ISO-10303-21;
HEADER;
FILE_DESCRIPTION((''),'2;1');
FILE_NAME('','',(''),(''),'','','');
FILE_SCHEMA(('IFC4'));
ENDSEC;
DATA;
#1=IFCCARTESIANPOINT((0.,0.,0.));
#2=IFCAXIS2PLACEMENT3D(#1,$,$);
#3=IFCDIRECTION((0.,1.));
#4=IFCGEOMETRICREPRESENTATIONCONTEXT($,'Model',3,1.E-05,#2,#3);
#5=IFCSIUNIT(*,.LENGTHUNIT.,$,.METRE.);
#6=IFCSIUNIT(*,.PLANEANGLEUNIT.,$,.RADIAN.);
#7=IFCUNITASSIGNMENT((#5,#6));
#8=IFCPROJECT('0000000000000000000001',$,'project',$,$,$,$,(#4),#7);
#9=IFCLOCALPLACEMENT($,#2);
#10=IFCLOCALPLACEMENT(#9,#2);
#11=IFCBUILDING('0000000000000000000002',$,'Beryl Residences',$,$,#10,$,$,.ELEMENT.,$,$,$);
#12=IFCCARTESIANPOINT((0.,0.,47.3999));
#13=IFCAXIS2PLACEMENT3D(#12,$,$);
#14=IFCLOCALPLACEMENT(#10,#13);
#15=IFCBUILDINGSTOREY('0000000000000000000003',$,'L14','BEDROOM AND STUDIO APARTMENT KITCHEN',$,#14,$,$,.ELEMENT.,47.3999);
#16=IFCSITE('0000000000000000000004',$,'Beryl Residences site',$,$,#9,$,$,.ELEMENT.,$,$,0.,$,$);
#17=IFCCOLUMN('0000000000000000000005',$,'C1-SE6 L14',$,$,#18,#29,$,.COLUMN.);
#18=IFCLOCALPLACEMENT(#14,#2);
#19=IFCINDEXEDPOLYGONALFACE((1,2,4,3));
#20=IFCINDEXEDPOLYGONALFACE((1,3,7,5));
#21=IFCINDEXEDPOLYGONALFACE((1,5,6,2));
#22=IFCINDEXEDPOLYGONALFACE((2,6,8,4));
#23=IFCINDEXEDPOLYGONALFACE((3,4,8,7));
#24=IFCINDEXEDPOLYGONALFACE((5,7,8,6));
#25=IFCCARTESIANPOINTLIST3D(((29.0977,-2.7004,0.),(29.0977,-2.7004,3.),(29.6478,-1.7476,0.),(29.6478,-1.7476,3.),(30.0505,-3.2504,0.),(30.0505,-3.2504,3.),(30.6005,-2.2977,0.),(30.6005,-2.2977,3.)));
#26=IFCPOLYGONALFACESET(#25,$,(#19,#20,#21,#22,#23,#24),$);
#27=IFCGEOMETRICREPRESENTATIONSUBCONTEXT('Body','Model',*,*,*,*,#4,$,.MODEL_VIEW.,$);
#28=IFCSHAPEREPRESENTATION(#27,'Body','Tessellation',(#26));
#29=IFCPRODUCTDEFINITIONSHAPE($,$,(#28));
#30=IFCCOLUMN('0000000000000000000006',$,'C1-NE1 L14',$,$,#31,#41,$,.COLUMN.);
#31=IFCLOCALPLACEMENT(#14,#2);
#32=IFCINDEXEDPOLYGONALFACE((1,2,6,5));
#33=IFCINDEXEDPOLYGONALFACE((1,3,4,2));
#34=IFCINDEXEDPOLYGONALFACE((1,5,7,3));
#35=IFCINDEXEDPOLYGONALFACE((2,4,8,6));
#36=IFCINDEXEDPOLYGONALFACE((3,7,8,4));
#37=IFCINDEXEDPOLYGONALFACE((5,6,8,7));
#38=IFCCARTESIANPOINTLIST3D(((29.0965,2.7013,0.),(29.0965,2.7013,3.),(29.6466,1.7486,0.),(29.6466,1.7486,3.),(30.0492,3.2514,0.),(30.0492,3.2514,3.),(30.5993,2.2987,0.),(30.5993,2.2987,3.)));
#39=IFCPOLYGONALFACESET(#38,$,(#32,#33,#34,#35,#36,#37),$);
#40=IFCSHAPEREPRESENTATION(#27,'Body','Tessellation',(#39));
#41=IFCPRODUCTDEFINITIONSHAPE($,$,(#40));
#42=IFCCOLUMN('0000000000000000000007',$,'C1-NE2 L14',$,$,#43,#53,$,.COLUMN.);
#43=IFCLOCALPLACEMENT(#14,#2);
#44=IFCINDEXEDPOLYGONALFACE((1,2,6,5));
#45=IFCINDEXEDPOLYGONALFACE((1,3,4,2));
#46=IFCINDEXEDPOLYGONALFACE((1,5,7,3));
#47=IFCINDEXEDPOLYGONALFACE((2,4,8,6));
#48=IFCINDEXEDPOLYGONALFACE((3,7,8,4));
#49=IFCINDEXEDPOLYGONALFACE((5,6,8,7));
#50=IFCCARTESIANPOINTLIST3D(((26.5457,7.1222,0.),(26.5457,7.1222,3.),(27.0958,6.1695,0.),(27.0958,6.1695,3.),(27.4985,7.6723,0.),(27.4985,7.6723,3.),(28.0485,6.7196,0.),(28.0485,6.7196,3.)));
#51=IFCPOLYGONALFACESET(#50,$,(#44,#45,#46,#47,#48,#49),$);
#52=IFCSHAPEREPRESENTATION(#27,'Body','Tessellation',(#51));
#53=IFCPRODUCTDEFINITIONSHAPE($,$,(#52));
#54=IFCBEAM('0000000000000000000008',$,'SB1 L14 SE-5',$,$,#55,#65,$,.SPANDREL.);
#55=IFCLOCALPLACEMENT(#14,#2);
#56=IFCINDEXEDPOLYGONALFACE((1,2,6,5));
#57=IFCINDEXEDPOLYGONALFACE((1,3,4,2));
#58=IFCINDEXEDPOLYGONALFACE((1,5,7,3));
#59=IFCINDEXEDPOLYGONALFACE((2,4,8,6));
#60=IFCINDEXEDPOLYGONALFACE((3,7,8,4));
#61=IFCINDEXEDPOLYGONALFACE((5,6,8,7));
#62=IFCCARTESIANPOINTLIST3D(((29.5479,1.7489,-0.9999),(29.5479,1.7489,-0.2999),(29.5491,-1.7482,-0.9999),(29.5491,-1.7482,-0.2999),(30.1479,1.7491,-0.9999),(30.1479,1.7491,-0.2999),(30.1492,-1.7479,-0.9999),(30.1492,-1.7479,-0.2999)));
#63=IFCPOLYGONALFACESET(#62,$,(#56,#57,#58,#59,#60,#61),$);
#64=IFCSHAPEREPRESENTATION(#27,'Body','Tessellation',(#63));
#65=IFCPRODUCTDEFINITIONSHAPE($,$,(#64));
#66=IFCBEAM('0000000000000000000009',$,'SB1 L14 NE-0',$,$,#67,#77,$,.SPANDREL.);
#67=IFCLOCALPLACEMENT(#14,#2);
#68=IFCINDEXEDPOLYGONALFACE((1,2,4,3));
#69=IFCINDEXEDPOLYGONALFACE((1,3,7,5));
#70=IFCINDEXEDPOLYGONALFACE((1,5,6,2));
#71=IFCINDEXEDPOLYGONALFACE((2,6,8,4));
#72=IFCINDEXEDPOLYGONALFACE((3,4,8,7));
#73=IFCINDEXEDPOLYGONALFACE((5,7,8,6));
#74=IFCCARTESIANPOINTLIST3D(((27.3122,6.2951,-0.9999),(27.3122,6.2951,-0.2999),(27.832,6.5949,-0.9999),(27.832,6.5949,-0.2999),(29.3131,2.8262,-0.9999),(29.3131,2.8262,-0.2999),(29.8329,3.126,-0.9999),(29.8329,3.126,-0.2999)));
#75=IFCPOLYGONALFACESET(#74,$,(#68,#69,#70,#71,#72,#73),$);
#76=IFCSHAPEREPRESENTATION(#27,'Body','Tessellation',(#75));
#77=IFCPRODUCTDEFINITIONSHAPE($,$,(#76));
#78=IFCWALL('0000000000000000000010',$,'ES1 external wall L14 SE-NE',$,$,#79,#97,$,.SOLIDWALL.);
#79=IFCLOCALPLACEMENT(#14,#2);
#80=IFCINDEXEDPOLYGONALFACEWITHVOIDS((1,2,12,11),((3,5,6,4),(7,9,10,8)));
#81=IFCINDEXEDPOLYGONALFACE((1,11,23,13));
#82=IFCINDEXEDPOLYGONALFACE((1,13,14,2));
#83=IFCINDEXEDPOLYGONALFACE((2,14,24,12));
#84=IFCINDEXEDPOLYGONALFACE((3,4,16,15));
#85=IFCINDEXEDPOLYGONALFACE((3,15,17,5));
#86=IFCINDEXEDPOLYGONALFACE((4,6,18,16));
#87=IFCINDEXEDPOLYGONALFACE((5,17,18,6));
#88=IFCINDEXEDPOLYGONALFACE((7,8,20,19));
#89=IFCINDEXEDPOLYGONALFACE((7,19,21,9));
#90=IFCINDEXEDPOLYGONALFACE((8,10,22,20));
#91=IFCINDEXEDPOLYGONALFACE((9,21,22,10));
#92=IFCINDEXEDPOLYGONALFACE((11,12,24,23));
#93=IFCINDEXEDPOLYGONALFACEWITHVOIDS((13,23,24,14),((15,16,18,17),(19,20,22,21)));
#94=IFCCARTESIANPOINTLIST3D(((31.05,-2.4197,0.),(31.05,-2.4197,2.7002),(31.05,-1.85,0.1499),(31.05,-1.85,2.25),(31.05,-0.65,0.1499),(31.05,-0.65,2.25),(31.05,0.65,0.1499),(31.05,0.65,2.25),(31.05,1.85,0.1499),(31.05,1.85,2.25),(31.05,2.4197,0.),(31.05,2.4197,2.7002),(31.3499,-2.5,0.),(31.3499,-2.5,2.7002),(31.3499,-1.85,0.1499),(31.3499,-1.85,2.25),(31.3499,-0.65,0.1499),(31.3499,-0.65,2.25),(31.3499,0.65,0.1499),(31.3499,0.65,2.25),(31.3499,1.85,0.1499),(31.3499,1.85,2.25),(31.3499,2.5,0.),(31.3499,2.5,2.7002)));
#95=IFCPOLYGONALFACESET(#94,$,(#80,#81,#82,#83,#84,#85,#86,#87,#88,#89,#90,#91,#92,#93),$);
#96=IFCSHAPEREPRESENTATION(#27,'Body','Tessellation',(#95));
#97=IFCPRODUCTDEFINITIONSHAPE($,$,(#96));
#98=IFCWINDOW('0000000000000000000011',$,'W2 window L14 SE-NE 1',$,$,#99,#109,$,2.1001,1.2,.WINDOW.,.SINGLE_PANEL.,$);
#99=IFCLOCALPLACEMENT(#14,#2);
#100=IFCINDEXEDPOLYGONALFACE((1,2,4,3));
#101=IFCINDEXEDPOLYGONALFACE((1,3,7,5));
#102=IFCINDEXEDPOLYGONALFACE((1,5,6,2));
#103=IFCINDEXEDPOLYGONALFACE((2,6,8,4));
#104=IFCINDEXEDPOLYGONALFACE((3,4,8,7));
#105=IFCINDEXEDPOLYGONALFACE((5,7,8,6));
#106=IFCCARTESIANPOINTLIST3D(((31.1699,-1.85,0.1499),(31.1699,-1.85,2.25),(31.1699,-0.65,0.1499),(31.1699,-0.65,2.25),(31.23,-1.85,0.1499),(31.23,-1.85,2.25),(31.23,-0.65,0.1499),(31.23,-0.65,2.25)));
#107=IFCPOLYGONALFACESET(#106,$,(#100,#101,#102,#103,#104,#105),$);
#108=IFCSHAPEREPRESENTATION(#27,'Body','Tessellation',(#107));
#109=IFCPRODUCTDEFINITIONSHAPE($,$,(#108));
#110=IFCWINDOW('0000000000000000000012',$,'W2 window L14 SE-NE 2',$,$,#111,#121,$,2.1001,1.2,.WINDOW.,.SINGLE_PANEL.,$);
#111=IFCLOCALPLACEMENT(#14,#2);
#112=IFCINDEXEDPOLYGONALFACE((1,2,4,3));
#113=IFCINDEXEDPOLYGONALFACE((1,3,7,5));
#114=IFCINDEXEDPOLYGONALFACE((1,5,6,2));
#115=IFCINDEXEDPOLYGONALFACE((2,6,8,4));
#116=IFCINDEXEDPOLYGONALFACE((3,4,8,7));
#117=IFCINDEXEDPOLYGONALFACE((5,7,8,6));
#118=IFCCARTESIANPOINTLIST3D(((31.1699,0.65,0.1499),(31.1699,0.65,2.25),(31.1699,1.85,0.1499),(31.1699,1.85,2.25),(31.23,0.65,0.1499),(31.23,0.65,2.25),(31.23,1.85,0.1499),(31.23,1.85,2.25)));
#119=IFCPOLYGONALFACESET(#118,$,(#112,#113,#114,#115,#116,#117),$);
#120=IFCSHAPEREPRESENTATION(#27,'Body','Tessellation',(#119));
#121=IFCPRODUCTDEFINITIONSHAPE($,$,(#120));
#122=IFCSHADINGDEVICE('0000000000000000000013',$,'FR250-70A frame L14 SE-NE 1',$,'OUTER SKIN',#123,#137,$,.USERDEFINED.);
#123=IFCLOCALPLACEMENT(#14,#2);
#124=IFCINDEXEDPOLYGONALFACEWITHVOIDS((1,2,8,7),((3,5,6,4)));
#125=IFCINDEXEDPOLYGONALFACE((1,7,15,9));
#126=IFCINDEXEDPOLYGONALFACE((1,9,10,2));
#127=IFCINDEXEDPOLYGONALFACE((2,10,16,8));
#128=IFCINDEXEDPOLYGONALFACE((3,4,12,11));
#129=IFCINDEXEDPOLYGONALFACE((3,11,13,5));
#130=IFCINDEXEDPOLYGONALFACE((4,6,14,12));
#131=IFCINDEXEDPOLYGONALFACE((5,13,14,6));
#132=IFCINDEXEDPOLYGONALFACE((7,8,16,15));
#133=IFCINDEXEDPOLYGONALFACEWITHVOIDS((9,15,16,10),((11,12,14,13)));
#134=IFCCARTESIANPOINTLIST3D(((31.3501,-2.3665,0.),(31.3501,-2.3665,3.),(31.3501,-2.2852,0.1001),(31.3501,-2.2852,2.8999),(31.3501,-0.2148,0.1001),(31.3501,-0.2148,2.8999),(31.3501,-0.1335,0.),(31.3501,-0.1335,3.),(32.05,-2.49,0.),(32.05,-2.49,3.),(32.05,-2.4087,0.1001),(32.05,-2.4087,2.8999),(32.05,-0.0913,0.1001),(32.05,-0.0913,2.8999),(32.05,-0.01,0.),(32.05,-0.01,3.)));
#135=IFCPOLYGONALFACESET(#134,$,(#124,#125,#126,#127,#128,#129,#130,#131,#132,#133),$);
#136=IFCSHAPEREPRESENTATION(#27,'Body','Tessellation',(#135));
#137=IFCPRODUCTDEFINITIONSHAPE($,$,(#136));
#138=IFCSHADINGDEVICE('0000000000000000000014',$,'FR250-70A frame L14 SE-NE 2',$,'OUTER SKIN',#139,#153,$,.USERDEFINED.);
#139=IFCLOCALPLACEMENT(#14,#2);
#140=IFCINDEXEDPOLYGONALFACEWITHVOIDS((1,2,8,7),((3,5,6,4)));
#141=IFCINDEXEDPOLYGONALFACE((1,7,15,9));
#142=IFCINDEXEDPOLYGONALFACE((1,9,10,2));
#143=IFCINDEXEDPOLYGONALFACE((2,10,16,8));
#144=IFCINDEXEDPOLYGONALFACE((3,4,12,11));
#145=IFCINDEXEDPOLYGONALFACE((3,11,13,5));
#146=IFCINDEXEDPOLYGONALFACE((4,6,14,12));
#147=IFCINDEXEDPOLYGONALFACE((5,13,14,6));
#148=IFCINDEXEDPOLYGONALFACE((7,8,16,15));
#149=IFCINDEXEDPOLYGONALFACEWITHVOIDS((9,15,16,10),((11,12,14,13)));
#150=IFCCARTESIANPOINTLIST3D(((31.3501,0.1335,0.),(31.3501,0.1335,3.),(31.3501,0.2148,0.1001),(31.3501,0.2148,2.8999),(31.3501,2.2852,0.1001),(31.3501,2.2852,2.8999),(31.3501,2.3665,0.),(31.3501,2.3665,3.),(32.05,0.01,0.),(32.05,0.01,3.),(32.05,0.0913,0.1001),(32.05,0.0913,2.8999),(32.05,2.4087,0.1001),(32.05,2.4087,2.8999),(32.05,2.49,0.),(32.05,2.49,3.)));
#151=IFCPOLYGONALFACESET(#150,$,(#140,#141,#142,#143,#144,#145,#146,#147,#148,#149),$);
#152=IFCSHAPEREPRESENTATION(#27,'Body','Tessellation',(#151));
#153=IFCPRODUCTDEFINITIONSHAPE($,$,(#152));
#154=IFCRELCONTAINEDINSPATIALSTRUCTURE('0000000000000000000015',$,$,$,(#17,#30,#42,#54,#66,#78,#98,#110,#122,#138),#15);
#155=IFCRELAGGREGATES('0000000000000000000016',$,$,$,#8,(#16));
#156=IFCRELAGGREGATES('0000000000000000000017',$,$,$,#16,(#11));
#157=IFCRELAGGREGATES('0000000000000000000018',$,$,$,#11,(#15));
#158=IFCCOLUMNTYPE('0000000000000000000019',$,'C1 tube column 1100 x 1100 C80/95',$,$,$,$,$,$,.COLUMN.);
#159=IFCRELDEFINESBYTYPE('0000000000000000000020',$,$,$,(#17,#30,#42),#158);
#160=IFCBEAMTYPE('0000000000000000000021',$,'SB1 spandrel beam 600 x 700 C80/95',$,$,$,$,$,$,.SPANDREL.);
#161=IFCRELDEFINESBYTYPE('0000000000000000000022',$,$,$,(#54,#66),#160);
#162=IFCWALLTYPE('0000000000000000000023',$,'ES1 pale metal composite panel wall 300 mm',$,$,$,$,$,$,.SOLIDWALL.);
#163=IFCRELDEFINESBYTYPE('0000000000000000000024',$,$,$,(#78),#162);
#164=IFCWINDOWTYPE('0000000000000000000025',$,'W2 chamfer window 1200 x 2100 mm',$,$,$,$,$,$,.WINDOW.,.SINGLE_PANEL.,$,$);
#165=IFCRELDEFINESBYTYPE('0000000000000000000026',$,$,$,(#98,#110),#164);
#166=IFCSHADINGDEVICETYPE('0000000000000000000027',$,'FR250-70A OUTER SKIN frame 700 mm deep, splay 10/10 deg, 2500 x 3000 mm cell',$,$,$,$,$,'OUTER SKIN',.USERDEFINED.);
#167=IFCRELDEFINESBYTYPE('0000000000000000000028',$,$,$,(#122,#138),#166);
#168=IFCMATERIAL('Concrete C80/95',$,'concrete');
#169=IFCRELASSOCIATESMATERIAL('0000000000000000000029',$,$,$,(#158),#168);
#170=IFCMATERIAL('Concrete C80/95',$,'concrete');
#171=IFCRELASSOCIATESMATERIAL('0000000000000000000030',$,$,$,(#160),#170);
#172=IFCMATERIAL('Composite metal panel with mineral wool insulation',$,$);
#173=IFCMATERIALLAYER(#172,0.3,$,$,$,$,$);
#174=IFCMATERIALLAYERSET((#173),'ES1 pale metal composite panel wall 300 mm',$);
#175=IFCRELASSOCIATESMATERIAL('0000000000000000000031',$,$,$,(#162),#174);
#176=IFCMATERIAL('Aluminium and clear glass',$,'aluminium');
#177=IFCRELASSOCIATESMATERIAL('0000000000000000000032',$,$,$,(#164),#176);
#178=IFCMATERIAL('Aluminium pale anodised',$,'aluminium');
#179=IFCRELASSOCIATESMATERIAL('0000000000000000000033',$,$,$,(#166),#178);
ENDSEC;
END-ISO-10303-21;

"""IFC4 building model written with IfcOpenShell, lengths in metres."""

from ifc_helpers import new_model, entity, si_unit, direction, frame, frame_2d, origin, origin_2d, place, context, subcontext, project, spatial, polyline, rectangle, outline, extrude, source, transform, mapped, material, layer, layer_set, material_profile, profile_set, type_object, type_shapes, element, fill, save


model = new_model("IFC4")

# Units and contexts
model_context = context("Model", 3, precision=1e-05, world=origin(), true_north=direction((0.0, 1.0)))
body_context = subcontext(model_context, "Body", "Model", "MODEL_VIEW")
ifc_project = project(units=[si_unit("LENGTHUNIT", "METRE"), si_unit("PLANEANGLEUNIT", "RADIAN")], contexts=[model_context])

# Site, building, storey
site_placement = place(None, origin())
site = spatial("IfcSite", under=ifc_project, at=site_placement, Name="Beryl Residences site", CompositionType="ELEMENT", RefElevation=0.0)
building_placement = place(site_placement, origin())
building = spatial("IfcBuilding", under=site, at=building_placement, Name="Beryl Residences", CompositionType="ELEMENT")
storey_placement = place(building_placement, frame((0.0, 0.0, 47.3999)))
storey = spatial("IfcBuildingStorey", under=building, at=storey_placement, Name="L14", Description="BEDROOM AND STUDIO APARTMENT KITCHEN", CompositionType="ELEMENT", Elevation=47.3999)

# Columns
ifc_material_1 = material(Name="Concrete C80/95", Category="concrete")
ifc_material_profile_1 = material_profile(ifc_material_1, rectangle(XDim=1.1001, YDim=1.1001, at=origin_2d()))
ifc_profile_set_1 = profile_set([ifc_material_profile_1], Name="Concrete C80/95")
column_type = type_object("IfcColumnType", Name="C1 tube column 1100 x 1100 C80/95", PredefinedType="COLUMN", material=ifc_profile_set_1)
for number, where, z_axis, x_axis, name in (
    (1, (29.8491, -2.499, 0.0), (0.0, 0.0, 1.0), (0.499985, 0.866034, 0.0), "C1-SE6 L14"),
    (2, (29.8479, 2.5, 0.0), (0.0, 0.0, 1.0), (-0.499985, 0.866034, 0.0), "C1-NE1 L14"),
    (3, (27.2971, 6.9209, 0.0), (0.0, 0.0, 1.0), (-0.499985, 0.866034, 0.0), "C1-NE2 L14"),
):
    element("IfcColumn", number, at=place(storey_placement, frame(where, z_axis=z_axis, x_axis=x_axis)), inside=storey, type_object=column_type, Name=name, PredefinedType="COLUMN", context=body_context, shape_type="SweptSolid", body=[
        extrude(rectangle(XDim=1.1001, YDim=1.1001, at=origin_2d()), origin(), (0.0, 0.0, 1.0), 3.0),
    ])

# Beams
ifc_material_2 = material(Name="Concrete C80/95", Category="concrete")
ifc_material_profile_2 = material_profile(ifc_material_2, rectangle(XDim=0.6001, YDim=0.7, at=origin_2d()))
ifc_profile_set_2 = profile_set([ifc_material_profile_2], Name="Concrete C80/95")
beam_type = type_object("IfcBeamType", Name="SB1 spandrel beam 600 x 700 C80/95", PredefinedType="SPANDREL", material=ifc_profile_set_2)
beam_1_placement = place(storey_placement, frame((29.8491, -1.748, -0.6499), z_axis=(-0.000349, 1.0, 0.0), x_axis=(-1.0, -0.000349, 0.0)))
element("IfcBeam", 4, at=beam_1_placement, inside=storey, type_object=beam_type, Name="SB1 L14 SE-5", PredefinedType="SPANDREL", context=body_context, shape_type="SweptSolid", body=[
    extrude(rectangle(XDim=0.6001, YDim=0.7, at=origin_2d()), origin(), (0.0, 0.0, 1.0), 3.4971),
])
beam_2_placement = place(storey_placement, frame((29.573, 2.9761, -0.6499), z_axis=(-0.499654, 0.866225, 0.0), x_axis=(-0.866225, -0.499654, 0.0)))
element("IfcBeam", 5, at=beam_2_placement, inside=storey, type_object=beam_type, Name="SB1 L14 NE-0", PredefinedType="SPANDREL", context=body_context, shape_type="SweptSolid", body=[
    extrude(rectangle(XDim=0.6001, YDim=0.7, at=origin_2d()), origin(), (0.0, 0.0, 1.0), 4.0046),
])

# Wall, openings, windows
ifc_material_3 = material(Name="Composite metal panel with mineral wool insulation")
ifc_layer = layer(ifc_material_3, 0.3)
ifc_layer_set = layer_set([ifc_layer], Name="ES1 pale metal composite panel wall 300 mm")
wall_type = type_object("IfcWallType", Name="ES1 pale metal composite panel wall 300 mm", PredefinedType="SOLIDWALL", material=ifc_layer_set)
wall_1_placement = place(storey_placement, frame((31.2, -2.5, 0.0), z_axis=(0.0, 0.0, 1.0), x_axis=(0.0, 1.0, 0.0)))
wall_1 = element("IfcWall", 6, at=wall_1_placement, inside=storey, type_object=wall_type, Name="ES1 external wall L14 SE-NE", PredefinedType="SOLIDWALL", context=body_context, shape_type="SweptSolid", body=[
    extrude(outline(polyline([(0.0, -0.1499), (5.0, -0.1499), (4.9197, 0.1499), (0.0803, 0.1499), (0.0, -0.1499)])), origin(), (0.0, 0.0, 1.0), 2.7002),
])
opening_1_placement = place(wall_1_placement, frame((0.6499, 0.0, 0.1499)))
opening_1 = element("IfcOpeningElement", 7, at=opening_1_placement, cuts=wall_1, PredefinedType="OPENING", context=body_context, shape_type="SweptSolid", body=[
    extrude(rectangle(XDim=1.2, YDim=2.1001, at=frame_2d((0.6001, 1.05))), frame((0.0, 0.1599, 0.0), z_axis=(0.0, -1.0, 0.0), x_axis=(1.0, 0.0, 0.0)), (0.0, 0.0, 1.0), 0.3201),
])
opening_2_placement = place(wall_1_placement, frame((3.1499, 0.0, 0.1499)))
opening_2 = element("IfcOpeningElement", 8, at=opening_2_placement, cuts=wall_1, PredefinedType="OPENING", context=body_context, shape_type="SweptSolid", body=[
    extrude(rectangle(XDim=1.2, YDim=2.1001, at=frame_2d((0.6001, 1.05))), frame((0.0, 0.1599, 0.0), z_axis=(0.0, -1.0, 0.0), x_axis=(1.0, 0.0, 0.0)), (0.0, 0.0, 1.0), 0.3201),
])
ifc_material_4 = material(Name="Aluminium and clear glass", Category="aluminium")
window_type_1 = type_object("IfcWindowType", Name="W2 chamfer window 1200 x 2100 mm", PartitioningType="SINGLE_PANEL", PredefinedType="WINDOW", material=ifc_material_4)
window_1_placement = place(opening_1_placement, origin())
window_1 = element("IfcWindow", 9, at=window_1_placement, inside=storey, type_object=window_type_1, Name="W2 window L14 SE-NE 1", OverallHeight=2.1001, OverallWidth=1.2, PartitioningType="SINGLE_PANEL", PredefinedType="WINDOW", context=body_context, shape_type="SweptSolid", body=[
    extrude(rectangle(XDim=1.2, YDim=2.1001, at=frame_2d((0.6001, 1.05))), frame((0.0, 0.03, 0.0), z_axis=(0.0, -1.0, 0.0), x_axis=(1.0, 0.0, 0.0)), (0.0, 0.0, 1.0), 0.0601),
])
fill(opening_1, window_1)
window_2_placement = place(opening_2_placement, origin())
window_2 = element("IfcWindow", 10, at=window_2_placement, inside=storey, type_object=window_type_1, Name="W2 window L14 SE-NE 2", OverallHeight=2.1001, OverallWidth=1.2, PartitioningType="SINGLE_PANEL", PredefinedType="WINDOW", context=body_context, shape_type="SweptSolid", body=[
    extrude(rectangle(XDim=1.2, YDim=2.1001, at=frame_2d((0.6001, 1.05))), frame((0.0, 0.03, 0.0), z_axis=(0.0, -1.0, 0.0), x_axis=(1.0, 0.0, 0.0)), (0.0, 0.0, 1.0), 0.0601),
])
fill(opening_2, window_2)

# Shading devices
ifc_material_5 = material(Name="Aluminium pale anodised", Category="aluminium")
shading_device_type_1 = type_object("IfcShadingDeviceType", Name="FR250-70A OUTER SKIN frame 700 mm deep, splay 10/10 deg, 2500 x 3000 mm cell", ElementType="OUTER SKIN", PredefinedType="USERDEFINED", material=ifc_material_5)
cartesian_point_1 = entity("IfcCartesianPoint", [-1.1165, 0.0])
cartesian_point_2 = entity("IfcCartesianPoint", [-1.0352, 0.1001])
cartesian_point_3 = entity("IfcCartesianPoint", [-1.24, 0.0])
cartesian_point_4 = entity("IfcCartesianPoint", [-1.1587, 0.1001])
shared_shape_1 = source(origin(), body_context, "Body", "SweptSolid", [
    entity("IfcExtrudedAreaSolidTapered", entity("IfcArbitraryProfileDefWithVoids", "AREA", None, entity("IfcPolyline", [cartesian_point_1, entity("IfcCartesianPoint", [1.1165, 0.0]), entity("IfcCartesianPoint", [1.1165, 3.0]), entity("IfcCartesianPoint", [-1.1165, 3.0]), cartesian_point_1]), [entity("IfcPolyline", [cartesian_point_2, entity("IfcCartesianPoint", [1.0352, 0.1001]), entity("IfcCartesianPoint", [1.0352, 2.8999]), entity("IfcCartesianPoint", [-1.0352, 2.8999]), cartesian_point_2])]), entity("IfcAxis2Placement3D", entity("IfcCartesianPoint", [0.0, 0.0, 0.0]), entity("IfcDirection", [0.0, 1.0, 0.0]), entity("IfcDirection", [-1.0, 0.0, 0.0])), entity("IfcDirection", [0.0, 0.0, 1.0]), 0.7, entity("IfcArbitraryProfileDefWithVoids", "AREA", None, entity("IfcPolyline", [cartesian_point_3, entity("IfcCartesianPoint", [1.24, 0.0]), entity("IfcCartesianPoint", [1.24, 3.0]), entity("IfcCartesianPoint", [-1.24, 3.0]), cartesian_point_3]), [entity("IfcPolyline", [cartesian_point_4, entity("IfcCartesianPoint", [1.1587, 0.1001]), entity("IfcCartesianPoint", [1.1587, 2.8999]), entity("IfcCartesianPoint", [-1.1587, 2.8999]), cartesian_point_4])])),
])
type_shapes(shading_device_type_1, [shared_shape_1])
for number, where, z_axis, x_axis, name in (
    (11, (31.3501, -1.25, 0.0), (0.0, 0.0, 1.0), (0.0, -1.0, 0.0), "FR250-70A frame L14 SE-NE 1"),
    (12, (31.3501, 1.25, 0.0), (0.0, 0.0, 1.0), (0.0, -1.0, 0.0), "FR250-70A frame L14 SE-NE 2"),
):
    element("IfcShadingDevice", number, at=place(storey_placement, frame(where, z_axis=z_axis, x_axis=x_axis)), inside=storey, type_object=shading_device_type_1, Name=name, ObjectType="OUTER SKIN", PredefinedType="USERDEFINED", context=body_context, shape_type="MappedRepresentation", body=[
        mapped(shared_shape_1, transform((0.0, 0.0, 0.0))),
    ])

save(model, "model.ifc")
